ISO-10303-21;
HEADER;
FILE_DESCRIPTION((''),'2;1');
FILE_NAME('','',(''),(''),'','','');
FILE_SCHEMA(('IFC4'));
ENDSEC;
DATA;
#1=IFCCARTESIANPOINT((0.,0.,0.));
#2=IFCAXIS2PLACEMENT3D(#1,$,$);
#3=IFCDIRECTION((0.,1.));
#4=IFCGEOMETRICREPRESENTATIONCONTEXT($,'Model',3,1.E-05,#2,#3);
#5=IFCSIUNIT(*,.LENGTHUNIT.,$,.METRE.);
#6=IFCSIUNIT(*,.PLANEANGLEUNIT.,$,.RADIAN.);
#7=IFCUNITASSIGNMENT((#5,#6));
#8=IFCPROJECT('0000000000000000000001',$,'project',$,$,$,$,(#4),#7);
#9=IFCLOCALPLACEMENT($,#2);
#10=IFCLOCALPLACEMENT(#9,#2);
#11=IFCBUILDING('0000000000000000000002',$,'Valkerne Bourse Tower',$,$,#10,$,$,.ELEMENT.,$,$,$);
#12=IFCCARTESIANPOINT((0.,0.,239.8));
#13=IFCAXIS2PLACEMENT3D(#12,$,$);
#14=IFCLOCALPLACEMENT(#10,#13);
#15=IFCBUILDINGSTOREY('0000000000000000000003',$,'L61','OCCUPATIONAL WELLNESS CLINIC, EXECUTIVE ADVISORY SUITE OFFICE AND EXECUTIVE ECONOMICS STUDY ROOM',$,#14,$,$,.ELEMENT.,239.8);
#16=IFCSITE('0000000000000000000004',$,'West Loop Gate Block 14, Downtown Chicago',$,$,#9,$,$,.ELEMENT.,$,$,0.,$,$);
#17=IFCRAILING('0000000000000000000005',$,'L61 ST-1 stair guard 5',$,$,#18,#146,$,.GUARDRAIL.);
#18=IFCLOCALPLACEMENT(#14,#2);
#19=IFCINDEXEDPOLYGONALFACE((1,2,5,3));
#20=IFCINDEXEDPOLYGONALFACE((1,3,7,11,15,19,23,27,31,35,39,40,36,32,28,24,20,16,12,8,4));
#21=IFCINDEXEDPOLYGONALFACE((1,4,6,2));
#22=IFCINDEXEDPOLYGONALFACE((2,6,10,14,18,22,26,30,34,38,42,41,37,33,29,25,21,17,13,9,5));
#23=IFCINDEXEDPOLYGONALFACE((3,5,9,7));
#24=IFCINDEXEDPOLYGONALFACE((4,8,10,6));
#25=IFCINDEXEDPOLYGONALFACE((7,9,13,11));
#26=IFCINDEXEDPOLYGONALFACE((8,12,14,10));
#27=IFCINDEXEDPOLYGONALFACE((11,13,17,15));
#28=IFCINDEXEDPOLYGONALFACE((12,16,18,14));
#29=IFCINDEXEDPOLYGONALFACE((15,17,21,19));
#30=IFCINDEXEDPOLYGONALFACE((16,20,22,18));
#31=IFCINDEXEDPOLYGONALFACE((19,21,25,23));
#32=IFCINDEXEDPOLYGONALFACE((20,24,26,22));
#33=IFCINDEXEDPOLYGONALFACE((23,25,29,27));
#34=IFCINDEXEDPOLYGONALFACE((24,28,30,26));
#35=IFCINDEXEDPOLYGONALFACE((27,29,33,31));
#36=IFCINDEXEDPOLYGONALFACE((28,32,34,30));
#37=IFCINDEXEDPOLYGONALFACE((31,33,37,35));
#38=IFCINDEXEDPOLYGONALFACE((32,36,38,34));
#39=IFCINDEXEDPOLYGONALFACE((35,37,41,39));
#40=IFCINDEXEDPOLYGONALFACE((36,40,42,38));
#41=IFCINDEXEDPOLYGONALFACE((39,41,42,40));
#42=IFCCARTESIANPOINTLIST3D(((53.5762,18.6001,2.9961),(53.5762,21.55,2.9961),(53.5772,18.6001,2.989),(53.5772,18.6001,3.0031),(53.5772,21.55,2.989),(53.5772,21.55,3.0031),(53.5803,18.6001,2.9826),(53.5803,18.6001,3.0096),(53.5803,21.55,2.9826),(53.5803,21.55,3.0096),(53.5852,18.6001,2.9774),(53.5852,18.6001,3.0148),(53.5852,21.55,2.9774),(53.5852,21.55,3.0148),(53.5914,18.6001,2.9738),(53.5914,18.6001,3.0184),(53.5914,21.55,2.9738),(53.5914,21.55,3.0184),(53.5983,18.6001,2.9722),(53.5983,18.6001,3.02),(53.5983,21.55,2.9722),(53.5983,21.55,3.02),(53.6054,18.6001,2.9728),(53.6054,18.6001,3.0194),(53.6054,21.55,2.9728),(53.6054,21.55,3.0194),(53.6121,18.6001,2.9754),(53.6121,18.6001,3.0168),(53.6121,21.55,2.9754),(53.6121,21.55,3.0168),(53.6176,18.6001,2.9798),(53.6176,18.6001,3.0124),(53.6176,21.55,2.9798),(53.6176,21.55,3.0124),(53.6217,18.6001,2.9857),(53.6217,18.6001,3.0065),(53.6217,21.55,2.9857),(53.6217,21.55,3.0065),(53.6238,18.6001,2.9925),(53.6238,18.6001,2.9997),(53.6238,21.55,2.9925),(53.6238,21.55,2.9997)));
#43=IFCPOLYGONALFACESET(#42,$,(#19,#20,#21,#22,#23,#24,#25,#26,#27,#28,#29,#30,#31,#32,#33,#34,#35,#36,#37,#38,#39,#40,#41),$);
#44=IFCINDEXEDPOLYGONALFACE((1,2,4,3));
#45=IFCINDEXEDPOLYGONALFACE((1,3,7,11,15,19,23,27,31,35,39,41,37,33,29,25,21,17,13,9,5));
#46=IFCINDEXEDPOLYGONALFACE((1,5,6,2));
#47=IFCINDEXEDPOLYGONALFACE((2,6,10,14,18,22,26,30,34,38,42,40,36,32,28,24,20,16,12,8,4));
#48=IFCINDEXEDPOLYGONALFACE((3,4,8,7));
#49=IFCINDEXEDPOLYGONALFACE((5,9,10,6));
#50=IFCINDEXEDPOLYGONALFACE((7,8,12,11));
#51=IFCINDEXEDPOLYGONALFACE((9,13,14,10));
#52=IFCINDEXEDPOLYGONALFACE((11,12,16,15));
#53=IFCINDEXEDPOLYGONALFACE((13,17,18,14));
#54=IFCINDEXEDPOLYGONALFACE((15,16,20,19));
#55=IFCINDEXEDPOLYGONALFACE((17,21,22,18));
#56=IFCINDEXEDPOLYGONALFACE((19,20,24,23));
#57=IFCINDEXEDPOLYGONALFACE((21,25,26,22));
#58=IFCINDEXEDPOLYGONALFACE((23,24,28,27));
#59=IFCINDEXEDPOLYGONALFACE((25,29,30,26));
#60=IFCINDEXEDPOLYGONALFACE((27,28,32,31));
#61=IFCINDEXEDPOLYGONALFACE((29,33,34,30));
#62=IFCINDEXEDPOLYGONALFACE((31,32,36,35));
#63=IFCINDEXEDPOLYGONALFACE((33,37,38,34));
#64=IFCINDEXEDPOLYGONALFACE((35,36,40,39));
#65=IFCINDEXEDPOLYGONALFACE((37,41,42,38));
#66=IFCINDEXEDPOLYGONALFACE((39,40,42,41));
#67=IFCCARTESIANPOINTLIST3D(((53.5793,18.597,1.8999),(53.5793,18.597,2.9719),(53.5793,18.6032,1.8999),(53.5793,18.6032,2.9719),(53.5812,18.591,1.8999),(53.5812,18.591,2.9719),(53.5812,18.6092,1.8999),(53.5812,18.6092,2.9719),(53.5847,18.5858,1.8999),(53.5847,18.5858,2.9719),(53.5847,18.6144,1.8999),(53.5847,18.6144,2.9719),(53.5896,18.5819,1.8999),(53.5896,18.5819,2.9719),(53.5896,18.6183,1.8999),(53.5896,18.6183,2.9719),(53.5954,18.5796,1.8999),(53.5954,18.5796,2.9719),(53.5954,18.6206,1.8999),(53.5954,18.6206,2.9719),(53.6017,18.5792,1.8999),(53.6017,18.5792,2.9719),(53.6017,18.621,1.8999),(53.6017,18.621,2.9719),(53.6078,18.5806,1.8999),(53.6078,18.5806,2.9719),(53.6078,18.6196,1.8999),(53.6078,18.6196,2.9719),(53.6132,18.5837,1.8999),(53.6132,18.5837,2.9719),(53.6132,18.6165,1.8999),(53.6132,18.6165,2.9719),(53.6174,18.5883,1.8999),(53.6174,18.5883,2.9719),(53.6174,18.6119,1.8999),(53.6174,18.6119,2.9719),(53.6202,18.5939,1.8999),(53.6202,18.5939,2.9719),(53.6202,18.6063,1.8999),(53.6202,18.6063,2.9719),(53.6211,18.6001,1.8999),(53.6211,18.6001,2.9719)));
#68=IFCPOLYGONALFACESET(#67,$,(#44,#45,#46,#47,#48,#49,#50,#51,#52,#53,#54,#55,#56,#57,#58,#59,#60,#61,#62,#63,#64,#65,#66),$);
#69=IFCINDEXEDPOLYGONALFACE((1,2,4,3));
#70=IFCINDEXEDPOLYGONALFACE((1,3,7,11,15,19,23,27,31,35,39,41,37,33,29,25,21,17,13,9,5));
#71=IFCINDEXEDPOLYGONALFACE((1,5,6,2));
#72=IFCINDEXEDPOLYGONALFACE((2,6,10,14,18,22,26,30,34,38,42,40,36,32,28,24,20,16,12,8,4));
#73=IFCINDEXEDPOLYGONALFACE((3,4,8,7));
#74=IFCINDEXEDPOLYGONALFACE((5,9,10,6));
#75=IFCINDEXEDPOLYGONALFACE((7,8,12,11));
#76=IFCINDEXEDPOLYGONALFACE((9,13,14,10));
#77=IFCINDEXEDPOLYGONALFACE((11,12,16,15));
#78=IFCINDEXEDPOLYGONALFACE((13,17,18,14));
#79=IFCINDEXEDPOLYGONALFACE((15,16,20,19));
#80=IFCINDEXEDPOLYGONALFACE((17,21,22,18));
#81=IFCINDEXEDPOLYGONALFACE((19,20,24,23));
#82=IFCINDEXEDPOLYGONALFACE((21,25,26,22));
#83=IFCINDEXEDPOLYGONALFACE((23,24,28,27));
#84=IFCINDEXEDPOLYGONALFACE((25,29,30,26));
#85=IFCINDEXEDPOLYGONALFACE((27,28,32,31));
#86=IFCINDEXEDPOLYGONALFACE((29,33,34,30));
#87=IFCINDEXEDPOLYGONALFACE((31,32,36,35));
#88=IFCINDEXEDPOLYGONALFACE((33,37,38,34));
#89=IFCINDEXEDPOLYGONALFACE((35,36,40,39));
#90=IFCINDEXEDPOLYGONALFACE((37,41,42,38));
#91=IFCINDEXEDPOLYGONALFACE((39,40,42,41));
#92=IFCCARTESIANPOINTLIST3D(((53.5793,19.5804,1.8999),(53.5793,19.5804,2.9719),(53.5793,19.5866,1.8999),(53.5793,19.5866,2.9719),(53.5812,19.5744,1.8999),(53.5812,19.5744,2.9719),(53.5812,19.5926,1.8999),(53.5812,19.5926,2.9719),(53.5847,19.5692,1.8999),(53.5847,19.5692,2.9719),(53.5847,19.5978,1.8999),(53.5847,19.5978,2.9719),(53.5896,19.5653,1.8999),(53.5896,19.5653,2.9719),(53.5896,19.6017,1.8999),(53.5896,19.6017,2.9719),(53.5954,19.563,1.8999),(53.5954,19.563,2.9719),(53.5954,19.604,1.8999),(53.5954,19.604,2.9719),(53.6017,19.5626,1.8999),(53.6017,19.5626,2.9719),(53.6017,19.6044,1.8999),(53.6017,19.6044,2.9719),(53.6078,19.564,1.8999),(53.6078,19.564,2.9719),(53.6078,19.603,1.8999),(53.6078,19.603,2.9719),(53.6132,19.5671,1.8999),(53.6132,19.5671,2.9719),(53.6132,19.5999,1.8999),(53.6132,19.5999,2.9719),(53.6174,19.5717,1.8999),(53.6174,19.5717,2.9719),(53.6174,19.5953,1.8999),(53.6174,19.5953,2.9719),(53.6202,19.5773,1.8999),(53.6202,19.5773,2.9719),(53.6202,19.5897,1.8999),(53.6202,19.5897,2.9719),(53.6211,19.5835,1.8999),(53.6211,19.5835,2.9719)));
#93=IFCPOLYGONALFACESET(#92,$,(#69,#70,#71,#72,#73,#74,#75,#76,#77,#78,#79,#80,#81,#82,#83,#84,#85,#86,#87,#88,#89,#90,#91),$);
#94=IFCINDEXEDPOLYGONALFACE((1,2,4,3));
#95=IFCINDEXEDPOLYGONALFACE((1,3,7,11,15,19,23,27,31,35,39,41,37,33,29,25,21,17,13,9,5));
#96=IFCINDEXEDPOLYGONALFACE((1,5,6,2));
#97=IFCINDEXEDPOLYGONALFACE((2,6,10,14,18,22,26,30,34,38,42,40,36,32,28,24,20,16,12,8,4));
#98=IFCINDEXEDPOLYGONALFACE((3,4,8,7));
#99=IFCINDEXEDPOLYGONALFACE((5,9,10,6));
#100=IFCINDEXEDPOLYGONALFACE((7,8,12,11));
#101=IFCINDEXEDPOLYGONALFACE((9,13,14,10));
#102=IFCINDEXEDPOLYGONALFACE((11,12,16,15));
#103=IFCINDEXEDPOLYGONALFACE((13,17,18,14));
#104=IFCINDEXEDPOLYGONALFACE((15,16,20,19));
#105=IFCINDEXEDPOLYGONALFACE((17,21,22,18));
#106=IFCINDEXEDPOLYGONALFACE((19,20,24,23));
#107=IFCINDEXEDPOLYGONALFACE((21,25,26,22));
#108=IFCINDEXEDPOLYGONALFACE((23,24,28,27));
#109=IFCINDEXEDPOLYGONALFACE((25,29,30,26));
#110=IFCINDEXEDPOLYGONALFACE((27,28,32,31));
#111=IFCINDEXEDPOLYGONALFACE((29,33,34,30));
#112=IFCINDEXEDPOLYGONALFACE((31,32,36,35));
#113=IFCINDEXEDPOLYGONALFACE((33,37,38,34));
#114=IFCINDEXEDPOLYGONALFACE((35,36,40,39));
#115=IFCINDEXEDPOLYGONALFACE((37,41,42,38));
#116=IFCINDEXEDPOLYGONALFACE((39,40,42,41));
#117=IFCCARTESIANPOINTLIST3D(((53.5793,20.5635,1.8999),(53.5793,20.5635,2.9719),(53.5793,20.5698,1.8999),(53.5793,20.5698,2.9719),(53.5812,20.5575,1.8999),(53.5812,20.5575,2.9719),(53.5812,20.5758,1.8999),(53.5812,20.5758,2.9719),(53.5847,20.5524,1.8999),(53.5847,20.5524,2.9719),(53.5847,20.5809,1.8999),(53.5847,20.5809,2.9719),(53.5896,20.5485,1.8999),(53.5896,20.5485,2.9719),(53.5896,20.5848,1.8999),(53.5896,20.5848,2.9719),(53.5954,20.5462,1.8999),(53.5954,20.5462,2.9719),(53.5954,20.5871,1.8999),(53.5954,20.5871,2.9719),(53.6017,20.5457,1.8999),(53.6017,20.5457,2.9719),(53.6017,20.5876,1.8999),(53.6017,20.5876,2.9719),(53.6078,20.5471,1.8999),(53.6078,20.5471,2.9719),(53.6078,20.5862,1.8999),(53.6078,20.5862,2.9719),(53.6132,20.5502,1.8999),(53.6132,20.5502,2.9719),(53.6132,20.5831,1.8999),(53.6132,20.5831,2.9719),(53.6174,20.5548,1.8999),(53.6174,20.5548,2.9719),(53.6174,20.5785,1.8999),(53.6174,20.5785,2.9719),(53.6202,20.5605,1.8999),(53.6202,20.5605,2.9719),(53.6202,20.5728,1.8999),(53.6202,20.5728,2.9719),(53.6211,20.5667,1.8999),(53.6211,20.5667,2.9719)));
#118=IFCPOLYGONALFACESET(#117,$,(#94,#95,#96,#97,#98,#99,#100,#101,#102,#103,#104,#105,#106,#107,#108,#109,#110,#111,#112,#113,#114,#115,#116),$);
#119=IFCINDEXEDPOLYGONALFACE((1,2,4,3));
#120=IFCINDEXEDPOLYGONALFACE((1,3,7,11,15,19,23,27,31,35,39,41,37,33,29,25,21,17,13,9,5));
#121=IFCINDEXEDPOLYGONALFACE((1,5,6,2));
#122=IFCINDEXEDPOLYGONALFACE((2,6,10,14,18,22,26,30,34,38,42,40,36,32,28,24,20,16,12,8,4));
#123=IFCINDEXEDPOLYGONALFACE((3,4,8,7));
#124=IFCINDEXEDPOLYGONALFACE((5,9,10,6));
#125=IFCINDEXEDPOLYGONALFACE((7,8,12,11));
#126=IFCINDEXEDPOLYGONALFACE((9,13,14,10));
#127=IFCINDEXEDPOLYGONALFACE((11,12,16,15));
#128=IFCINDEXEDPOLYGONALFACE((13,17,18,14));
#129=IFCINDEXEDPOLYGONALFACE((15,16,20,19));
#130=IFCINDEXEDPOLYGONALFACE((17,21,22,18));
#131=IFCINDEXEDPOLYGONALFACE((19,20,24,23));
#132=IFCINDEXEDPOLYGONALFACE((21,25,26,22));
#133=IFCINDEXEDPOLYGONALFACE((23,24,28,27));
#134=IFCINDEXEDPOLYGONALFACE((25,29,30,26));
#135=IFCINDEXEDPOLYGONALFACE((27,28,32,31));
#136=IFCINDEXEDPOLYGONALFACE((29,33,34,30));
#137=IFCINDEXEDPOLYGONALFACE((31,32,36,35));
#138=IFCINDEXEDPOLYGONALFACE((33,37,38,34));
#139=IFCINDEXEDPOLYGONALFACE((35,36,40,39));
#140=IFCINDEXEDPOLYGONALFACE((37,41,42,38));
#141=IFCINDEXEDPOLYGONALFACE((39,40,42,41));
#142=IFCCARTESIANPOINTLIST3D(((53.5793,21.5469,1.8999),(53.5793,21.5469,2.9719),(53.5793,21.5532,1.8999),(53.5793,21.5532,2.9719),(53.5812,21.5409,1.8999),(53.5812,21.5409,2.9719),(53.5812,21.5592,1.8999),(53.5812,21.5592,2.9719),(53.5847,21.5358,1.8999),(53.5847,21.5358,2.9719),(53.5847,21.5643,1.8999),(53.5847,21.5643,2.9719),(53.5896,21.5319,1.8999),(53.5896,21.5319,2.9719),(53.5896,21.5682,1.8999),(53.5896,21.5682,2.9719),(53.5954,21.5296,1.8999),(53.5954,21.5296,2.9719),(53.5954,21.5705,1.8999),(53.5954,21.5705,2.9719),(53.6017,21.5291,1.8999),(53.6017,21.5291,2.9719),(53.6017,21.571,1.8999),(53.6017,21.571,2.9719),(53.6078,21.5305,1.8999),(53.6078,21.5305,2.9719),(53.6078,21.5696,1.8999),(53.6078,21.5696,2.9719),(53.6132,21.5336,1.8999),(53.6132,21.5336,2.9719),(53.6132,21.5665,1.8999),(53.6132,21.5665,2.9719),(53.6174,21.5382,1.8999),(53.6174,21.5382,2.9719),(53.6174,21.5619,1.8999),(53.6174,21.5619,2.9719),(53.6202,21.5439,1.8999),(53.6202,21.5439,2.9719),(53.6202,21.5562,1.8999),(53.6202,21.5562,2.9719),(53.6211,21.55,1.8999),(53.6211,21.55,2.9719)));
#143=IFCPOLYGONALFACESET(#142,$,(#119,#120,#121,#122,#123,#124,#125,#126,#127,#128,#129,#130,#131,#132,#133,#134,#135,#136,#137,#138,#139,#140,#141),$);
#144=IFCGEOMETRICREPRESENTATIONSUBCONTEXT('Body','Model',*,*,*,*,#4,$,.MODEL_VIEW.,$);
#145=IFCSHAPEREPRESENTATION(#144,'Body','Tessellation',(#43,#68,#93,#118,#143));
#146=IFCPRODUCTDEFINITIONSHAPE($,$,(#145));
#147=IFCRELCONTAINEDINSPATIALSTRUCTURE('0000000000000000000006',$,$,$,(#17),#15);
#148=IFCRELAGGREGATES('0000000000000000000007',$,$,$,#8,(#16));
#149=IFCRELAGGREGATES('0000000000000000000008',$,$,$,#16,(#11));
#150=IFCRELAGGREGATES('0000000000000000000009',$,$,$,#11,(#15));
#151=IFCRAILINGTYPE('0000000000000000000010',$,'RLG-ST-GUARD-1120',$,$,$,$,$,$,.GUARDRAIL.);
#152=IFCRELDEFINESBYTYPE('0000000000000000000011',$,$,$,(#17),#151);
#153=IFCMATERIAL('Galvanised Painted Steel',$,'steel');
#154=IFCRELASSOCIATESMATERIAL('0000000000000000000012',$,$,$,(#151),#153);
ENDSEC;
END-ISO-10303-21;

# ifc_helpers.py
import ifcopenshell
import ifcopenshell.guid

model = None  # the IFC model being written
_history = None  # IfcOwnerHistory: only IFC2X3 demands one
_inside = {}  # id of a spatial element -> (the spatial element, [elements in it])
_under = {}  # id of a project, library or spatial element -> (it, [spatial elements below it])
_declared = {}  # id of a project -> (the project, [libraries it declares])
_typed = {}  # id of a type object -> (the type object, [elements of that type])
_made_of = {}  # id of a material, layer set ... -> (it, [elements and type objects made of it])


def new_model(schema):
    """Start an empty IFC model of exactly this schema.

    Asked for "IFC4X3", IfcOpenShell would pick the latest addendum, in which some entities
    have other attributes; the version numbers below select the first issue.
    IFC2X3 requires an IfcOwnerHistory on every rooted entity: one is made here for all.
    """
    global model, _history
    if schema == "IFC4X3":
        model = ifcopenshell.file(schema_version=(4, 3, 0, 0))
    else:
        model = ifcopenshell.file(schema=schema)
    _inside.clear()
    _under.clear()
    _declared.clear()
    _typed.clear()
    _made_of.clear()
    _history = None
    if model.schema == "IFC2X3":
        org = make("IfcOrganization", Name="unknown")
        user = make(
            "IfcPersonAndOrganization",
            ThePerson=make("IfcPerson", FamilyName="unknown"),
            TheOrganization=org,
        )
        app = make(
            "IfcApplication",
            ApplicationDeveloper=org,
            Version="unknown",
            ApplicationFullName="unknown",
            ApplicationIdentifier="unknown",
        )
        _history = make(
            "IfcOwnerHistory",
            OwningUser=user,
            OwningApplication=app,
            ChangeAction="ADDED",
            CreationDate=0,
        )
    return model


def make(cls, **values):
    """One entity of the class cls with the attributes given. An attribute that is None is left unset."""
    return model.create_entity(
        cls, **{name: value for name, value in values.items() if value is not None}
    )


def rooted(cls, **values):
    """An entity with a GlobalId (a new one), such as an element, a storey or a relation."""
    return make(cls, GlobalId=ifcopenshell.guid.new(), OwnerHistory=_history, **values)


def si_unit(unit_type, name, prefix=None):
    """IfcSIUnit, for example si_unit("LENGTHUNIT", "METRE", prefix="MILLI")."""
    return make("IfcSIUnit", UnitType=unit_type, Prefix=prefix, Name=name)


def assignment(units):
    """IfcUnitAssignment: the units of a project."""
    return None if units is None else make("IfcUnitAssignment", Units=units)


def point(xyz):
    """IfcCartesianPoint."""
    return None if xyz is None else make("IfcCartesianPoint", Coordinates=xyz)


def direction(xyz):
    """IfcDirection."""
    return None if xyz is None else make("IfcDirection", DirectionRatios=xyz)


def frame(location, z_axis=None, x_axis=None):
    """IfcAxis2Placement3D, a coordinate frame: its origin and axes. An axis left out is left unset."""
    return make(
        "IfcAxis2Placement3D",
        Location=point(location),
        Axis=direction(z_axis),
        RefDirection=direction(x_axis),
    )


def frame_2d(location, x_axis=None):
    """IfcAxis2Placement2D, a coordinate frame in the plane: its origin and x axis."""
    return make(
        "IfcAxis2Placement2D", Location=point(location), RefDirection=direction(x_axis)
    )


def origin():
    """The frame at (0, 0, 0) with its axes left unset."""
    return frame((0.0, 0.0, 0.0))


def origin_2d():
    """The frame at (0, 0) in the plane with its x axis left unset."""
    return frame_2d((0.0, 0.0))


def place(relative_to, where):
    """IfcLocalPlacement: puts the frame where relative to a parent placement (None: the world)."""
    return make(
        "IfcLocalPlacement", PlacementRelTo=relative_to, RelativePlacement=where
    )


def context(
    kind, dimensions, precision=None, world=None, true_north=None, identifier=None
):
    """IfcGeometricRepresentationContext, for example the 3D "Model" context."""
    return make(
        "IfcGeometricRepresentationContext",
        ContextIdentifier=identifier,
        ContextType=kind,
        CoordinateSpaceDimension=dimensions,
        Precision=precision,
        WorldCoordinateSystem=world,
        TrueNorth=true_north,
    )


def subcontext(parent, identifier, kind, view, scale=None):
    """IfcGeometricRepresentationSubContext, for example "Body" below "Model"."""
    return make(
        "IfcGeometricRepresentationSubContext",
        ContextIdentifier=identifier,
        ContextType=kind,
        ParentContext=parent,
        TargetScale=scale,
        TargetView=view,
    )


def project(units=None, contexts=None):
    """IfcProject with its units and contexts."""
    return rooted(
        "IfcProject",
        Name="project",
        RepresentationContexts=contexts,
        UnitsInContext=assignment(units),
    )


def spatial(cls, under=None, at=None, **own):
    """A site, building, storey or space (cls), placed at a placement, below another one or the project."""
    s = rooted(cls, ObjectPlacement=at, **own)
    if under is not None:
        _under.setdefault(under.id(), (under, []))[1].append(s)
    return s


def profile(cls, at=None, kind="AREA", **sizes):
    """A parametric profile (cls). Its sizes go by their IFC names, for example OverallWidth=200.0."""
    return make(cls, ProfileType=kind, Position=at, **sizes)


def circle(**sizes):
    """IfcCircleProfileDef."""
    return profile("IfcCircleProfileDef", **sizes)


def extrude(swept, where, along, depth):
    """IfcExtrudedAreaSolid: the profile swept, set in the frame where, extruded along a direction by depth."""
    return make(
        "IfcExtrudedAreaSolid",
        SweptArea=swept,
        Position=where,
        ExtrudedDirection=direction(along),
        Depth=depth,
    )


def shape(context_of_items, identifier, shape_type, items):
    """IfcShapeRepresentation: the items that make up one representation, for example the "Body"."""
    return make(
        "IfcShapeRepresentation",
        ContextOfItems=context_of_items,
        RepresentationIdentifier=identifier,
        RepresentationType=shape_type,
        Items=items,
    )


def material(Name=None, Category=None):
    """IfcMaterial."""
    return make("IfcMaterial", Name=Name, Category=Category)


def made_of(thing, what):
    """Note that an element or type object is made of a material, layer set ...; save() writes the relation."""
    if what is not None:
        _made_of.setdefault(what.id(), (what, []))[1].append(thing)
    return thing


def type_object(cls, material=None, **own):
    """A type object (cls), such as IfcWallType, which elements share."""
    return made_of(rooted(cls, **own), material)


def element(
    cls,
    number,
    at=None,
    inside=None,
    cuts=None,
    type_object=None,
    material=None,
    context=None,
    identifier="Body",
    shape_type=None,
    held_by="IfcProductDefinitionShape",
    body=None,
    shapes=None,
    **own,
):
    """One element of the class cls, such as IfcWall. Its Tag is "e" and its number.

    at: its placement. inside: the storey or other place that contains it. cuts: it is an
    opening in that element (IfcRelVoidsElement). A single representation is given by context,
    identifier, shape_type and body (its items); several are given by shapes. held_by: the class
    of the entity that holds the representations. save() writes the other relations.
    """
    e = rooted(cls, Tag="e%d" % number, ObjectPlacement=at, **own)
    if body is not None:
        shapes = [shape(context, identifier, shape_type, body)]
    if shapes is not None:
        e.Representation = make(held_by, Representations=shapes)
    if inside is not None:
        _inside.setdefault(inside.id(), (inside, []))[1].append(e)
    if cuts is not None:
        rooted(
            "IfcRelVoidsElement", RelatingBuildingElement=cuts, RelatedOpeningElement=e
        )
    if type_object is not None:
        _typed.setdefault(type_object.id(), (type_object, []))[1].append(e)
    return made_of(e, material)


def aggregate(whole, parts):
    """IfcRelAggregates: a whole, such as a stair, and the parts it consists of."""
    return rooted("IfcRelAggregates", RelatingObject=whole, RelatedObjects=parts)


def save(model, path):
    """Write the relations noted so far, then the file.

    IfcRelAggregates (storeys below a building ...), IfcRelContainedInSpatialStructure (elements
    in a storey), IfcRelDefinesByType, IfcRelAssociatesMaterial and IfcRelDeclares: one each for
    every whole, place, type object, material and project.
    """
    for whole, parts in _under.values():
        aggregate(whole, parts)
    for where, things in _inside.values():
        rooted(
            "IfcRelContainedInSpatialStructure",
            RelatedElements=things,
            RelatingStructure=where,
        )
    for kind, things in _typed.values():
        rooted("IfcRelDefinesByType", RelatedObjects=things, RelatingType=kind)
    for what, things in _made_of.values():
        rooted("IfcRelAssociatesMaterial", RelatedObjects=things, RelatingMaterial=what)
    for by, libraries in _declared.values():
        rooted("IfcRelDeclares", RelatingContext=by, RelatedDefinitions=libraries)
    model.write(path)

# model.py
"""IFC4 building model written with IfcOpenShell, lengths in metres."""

from ifc_helpers import new_model, si_unit, direction, frame, origin, origin_2d, place, context, subcontext, project, spatial, circle, extrude, material, type_object, element, save


model = new_model("IFC4")

# Units and contexts
model_context = context("Model", 3, precision=1e-05, world=origin(), true_north=direction((0.0, 1.0)))
body_context = subcontext(model_context, "Body", "Model", "MODEL_VIEW")
ifc_project = project(units=[si_unit("LENGTHUNIT", "METRE"), si_unit("PLANEANGLEUNIT", "RADIAN")], contexts=[model_context])

# Site, building, storey
site_placement = place(None, origin())
site = spatial("IfcSite", under=ifc_project, at=site_placement, Name="West Loop Gate Block 14, Downtown Chicago", CompositionType="ELEMENT", RefElevation=0.0)
building_placement = place(site_placement, origin())
building = spatial("IfcBuilding", under=site, at=building_placement, Name="Valkerne Bourse Tower", CompositionType="ELEMENT")
storey_placement = place(building_placement, frame((0.0, 0.0, 239.8)))
storey = spatial("IfcBuildingStorey", under=building, at=storey_placement, Name="L61", Description="OCCUPATIONAL WELLNESS CLINIC, EXECUTIVE ADVISORY SUITE OFFICE AND EXECUTIVE ECONOMICS STUDY ROOM", CompositionType="ELEMENT", Elevation=239.8)

# Railing
ifc_material_1 = material(Name="Galvanised Painted Steel", Category="steel")
railing_type = type_object("IfcRailingType", Name="RLG-ST-GUARD-1120", PredefinedType="GUARDRAIL", material=ifc_material_1)
railing_1_placement = place(storey_placement, frame((53.6001, 18.6001, 1.8999)))
element("IfcRailing", 1, at=railing_1_placement, inside=storey, type_object=railing_type, Name="L61 ST-1 stair guard 5", PredefinedType="GUARDRAIL", context=body_context, shape_type="SweptSolid", body=[
    extrude(circle(Radius=0.0239, at=origin_2d()), frame((0.0, 0.0, 1.0962), z_axis=(0.0, 1.0, 0.0), x_axis=(-1.0, 0.0, 0.0)), (0.0, 0.0, 1.0), 2.95),
    extrude(circle(Radius=0.021, at=origin_2d()), origin(), (0.0, 0.0, 1.0), 1.072),
    extrude(circle(Radius=0.021, at=origin_2d()), frame((0.0, 0.9834, 0.0)), (0.0, 0.0, 1.0), 1.072),
    extrude(circle(Radius=0.021, at=origin_2d()), frame((0.0, 1.9666, 0.0)), (0.0, 0.0, 1.0), 1.072),
    extrude(circle(Radius=0.021, at=origin_2d()), frame((0.0, 2.95, 0.0)), (0.0, 0.0, 1.0), 1.072),
])

save(model, "model.ifc")
